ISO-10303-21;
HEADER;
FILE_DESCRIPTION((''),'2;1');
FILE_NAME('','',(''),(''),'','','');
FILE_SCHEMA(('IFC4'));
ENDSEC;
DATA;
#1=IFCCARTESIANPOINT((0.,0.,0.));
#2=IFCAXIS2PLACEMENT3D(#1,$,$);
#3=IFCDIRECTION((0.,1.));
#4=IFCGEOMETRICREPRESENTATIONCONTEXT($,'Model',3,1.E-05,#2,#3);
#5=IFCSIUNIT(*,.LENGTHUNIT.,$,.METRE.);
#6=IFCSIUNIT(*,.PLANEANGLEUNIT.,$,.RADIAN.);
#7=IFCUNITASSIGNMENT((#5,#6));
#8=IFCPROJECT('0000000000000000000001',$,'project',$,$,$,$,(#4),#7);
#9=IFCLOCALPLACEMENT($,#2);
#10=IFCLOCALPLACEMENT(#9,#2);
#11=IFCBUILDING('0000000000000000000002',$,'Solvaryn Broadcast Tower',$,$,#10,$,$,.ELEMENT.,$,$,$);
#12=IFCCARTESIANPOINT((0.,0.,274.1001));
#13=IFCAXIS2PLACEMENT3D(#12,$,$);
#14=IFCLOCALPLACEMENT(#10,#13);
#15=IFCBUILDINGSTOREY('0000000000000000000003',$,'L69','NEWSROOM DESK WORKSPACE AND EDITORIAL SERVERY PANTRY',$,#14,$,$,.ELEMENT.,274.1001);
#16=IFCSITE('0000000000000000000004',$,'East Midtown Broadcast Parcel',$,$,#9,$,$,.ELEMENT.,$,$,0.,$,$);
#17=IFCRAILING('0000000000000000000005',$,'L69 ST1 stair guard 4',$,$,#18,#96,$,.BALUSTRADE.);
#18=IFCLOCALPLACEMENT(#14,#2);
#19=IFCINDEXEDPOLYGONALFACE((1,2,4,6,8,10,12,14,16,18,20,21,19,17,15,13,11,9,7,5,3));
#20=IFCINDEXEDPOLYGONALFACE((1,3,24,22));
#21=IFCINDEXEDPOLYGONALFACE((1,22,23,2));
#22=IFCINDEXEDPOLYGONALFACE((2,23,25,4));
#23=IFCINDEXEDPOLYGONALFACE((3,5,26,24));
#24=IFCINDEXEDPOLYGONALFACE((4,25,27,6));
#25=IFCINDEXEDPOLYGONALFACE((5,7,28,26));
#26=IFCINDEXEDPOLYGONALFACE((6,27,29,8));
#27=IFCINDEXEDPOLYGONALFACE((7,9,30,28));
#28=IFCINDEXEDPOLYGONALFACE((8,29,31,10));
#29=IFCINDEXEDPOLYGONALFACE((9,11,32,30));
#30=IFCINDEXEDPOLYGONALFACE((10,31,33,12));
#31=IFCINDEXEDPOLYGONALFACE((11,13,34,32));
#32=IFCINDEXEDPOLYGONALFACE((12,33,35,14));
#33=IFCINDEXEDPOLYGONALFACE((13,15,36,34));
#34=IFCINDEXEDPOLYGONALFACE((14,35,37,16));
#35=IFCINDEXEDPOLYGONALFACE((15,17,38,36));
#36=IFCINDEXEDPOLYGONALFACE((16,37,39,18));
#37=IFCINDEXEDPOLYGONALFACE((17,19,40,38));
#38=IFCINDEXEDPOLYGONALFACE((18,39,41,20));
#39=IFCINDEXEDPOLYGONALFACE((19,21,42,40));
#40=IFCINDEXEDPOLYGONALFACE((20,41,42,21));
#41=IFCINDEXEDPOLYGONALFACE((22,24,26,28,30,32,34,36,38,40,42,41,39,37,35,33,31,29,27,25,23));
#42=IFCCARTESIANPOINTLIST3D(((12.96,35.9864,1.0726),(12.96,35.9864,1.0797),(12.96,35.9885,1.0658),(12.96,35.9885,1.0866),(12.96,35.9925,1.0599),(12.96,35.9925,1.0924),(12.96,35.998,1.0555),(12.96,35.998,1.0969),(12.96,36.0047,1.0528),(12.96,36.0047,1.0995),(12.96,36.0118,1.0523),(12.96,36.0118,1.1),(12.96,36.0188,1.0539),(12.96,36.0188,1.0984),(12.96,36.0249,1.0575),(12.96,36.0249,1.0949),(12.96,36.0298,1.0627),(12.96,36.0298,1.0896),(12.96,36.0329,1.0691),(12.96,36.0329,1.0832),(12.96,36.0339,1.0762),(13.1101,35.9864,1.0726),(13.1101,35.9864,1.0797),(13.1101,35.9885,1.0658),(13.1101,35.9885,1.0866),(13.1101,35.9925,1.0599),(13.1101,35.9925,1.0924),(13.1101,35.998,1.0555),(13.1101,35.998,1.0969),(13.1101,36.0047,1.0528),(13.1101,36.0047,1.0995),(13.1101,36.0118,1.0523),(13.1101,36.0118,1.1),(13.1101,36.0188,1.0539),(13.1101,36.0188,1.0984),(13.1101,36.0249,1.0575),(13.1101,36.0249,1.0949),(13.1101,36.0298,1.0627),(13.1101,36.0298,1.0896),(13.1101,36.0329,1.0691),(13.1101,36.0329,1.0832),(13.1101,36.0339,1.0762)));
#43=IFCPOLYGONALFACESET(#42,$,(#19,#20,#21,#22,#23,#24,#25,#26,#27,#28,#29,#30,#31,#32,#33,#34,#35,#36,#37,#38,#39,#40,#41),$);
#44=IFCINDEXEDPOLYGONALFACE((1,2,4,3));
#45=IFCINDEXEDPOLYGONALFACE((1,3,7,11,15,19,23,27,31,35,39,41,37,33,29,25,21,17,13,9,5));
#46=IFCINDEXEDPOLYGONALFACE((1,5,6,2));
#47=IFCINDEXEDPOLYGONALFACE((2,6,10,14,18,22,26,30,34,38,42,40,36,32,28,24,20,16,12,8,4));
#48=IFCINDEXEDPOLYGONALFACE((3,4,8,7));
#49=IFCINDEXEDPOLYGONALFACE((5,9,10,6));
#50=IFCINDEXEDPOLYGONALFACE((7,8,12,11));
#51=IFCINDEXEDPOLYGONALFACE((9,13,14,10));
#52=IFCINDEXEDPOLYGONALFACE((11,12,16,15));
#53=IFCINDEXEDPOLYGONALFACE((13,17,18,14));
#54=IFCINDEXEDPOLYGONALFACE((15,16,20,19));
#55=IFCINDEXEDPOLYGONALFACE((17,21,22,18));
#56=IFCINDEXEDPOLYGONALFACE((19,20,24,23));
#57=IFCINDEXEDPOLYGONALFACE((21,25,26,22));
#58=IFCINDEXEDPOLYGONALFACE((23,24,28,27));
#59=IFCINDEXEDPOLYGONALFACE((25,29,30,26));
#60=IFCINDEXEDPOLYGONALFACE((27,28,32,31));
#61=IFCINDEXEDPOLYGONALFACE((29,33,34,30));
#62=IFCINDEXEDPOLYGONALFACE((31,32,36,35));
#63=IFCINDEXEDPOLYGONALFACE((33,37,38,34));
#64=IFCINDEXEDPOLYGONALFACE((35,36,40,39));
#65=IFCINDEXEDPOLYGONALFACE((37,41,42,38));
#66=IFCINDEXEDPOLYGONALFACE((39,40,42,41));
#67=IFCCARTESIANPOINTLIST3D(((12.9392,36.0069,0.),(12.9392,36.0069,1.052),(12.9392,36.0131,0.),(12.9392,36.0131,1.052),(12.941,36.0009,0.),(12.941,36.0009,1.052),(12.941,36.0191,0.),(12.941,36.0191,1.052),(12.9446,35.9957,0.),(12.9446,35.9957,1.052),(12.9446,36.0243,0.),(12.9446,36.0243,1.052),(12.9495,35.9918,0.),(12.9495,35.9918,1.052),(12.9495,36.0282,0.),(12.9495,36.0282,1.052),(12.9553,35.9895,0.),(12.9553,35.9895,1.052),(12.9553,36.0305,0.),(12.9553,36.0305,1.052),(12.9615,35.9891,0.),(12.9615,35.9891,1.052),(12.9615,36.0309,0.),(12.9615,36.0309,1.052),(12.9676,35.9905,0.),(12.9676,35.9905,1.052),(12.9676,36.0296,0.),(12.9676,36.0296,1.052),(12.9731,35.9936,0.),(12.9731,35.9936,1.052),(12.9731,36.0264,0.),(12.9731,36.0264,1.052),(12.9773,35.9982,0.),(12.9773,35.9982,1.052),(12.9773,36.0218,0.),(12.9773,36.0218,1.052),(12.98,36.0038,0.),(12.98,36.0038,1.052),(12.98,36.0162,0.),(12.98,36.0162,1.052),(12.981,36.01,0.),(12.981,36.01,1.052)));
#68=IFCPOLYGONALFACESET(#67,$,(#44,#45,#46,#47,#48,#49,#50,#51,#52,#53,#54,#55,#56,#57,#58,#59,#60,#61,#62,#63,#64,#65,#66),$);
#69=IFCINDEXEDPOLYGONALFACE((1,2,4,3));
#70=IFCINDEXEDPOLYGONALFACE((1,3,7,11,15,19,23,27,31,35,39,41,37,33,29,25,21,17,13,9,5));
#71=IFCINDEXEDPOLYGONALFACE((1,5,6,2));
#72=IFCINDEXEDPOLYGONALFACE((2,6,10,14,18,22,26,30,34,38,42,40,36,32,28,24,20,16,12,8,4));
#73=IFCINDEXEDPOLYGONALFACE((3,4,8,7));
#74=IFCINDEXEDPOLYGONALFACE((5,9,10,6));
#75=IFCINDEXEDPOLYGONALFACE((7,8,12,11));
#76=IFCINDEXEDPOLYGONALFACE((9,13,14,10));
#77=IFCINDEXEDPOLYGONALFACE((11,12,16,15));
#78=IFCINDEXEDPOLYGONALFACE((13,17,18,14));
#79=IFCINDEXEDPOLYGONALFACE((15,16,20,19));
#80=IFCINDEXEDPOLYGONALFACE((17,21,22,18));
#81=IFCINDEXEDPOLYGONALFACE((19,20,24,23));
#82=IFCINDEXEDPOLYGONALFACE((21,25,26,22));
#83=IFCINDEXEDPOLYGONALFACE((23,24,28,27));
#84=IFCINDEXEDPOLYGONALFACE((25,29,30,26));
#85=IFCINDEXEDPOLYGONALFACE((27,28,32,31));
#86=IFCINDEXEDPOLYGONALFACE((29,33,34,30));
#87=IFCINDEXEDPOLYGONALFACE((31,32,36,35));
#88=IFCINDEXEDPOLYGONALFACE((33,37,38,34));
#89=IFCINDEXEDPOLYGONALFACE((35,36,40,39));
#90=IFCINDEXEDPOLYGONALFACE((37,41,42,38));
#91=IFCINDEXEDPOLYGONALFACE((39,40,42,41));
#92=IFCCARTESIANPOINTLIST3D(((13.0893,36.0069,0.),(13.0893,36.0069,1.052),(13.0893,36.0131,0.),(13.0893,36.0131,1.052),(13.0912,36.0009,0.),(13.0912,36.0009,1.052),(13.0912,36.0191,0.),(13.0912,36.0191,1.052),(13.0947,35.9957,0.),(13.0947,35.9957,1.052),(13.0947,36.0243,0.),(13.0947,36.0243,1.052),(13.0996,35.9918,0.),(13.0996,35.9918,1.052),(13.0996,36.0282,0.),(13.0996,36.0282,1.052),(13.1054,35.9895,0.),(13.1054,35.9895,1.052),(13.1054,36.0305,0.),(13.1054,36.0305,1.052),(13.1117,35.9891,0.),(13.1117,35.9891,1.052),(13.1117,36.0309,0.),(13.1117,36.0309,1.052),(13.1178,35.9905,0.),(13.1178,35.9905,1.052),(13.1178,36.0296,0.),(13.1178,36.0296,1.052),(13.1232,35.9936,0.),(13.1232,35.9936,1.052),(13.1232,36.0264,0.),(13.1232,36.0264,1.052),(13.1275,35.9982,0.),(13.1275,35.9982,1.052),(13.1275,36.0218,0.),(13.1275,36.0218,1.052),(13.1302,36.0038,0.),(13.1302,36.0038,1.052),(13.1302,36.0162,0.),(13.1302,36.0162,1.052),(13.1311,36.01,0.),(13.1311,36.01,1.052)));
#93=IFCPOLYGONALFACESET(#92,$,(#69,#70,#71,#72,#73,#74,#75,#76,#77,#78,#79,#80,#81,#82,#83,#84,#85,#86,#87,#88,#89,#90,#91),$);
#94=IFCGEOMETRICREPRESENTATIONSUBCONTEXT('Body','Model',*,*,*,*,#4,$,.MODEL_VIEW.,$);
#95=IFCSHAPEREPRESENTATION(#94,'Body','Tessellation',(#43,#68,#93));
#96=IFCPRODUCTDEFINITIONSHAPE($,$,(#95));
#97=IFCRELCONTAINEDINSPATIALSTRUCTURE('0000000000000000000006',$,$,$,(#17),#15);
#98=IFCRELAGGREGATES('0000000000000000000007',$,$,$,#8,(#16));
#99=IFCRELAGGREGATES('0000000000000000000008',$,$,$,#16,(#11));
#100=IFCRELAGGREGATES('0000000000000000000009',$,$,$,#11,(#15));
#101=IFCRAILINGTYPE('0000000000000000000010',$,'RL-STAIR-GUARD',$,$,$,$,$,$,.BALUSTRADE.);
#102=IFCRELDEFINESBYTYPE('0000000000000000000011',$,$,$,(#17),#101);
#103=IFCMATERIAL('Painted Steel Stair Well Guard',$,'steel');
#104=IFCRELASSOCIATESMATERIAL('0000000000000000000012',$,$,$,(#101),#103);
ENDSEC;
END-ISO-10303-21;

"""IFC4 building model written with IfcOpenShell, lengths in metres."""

from ifc_helpers import new_model, si_unit, direction, frame, origin, origin_2d, place, context, subcontext, project, spatial, circle, extrude, material, type_object, element, save


model = new_model("IFC4")

# Units and contexts
model_context = context("Model", 3, precision=1e-05, world=origin(), true_north=direction((0.0, 1.0)))
body_context = subcontext(model_context, "Body", "Model", "MODEL_VIEW")
ifc_project = project(units=[si_unit("LENGTHUNIT", "METRE"), si_unit("PLANEANGLEUNIT", "RADIAN")], contexts=[model_context])

# Site, building, storey
site_placement = place(None, origin())
site = spatial("IfcSite", under=ifc_project, at=site_placement, Name="East Midtown Broadcast Parcel", CompositionType="ELEMENT", RefElevation=0.0)
building_placement = place(site_placement, origin())
building = spatial("IfcBuilding", under=site, at=building_placement, Name="Solvaryn Broadcast Tower", CompositionType="ELEMENT")
storey_placement = place(building_placement, frame((0.0, 0.0, 274.1001)))
storey = spatial("IfcBuildingStorey", under=building, at=storey_placement, Name="L69", Description="NEWSROOM DESK WORKSPACE AND EDITORIAL SERVERY PANTRY", CompositionType="ELEMENT", Elevation=274.1001)

# Railing
ifc_material_1 = material(Name="Painted Steel Stair Well Guard", Category="steel")
railing_type_1 = type_object("IfcRailingType", Name="RL-STAIR-GUARD", PredefinedType="BALUSTRADE", material=ifc_material_1)
railing_1_placement = place(storey_placement, frame((12.96, 36.01, 0.0)))
element("IfcRailing", 1, at=railing_1_placement, inside=storey, type_object=railing_type_1, Name="L69 ST1 stair guard 4", PredefinedType="BALUSTRADE", context=body_context, shape_type="SweptSolid", body=[
    extrude(circle(Radius=0.0239, at=origin_2d()), frame((0.0, 0.0, 1.0762), z_axis=(1.0, 0.0, 0.0), x_axis=(0.0, 1.0, 0.0)), (0.0, 0.0, 1.0), 0.1501),
    extrude(circle(Radius=0.021, at=origin_2d()), origin(), (0.0, 0.0, 1.0), 1.052),
    extrude(circle(Radius=0.021, at=origin_2d()), frame((0.1501, 0.0, 0.0)), (0.0, 0.0, 1.0), 1.052),
])

save(model, "model.ifc")
